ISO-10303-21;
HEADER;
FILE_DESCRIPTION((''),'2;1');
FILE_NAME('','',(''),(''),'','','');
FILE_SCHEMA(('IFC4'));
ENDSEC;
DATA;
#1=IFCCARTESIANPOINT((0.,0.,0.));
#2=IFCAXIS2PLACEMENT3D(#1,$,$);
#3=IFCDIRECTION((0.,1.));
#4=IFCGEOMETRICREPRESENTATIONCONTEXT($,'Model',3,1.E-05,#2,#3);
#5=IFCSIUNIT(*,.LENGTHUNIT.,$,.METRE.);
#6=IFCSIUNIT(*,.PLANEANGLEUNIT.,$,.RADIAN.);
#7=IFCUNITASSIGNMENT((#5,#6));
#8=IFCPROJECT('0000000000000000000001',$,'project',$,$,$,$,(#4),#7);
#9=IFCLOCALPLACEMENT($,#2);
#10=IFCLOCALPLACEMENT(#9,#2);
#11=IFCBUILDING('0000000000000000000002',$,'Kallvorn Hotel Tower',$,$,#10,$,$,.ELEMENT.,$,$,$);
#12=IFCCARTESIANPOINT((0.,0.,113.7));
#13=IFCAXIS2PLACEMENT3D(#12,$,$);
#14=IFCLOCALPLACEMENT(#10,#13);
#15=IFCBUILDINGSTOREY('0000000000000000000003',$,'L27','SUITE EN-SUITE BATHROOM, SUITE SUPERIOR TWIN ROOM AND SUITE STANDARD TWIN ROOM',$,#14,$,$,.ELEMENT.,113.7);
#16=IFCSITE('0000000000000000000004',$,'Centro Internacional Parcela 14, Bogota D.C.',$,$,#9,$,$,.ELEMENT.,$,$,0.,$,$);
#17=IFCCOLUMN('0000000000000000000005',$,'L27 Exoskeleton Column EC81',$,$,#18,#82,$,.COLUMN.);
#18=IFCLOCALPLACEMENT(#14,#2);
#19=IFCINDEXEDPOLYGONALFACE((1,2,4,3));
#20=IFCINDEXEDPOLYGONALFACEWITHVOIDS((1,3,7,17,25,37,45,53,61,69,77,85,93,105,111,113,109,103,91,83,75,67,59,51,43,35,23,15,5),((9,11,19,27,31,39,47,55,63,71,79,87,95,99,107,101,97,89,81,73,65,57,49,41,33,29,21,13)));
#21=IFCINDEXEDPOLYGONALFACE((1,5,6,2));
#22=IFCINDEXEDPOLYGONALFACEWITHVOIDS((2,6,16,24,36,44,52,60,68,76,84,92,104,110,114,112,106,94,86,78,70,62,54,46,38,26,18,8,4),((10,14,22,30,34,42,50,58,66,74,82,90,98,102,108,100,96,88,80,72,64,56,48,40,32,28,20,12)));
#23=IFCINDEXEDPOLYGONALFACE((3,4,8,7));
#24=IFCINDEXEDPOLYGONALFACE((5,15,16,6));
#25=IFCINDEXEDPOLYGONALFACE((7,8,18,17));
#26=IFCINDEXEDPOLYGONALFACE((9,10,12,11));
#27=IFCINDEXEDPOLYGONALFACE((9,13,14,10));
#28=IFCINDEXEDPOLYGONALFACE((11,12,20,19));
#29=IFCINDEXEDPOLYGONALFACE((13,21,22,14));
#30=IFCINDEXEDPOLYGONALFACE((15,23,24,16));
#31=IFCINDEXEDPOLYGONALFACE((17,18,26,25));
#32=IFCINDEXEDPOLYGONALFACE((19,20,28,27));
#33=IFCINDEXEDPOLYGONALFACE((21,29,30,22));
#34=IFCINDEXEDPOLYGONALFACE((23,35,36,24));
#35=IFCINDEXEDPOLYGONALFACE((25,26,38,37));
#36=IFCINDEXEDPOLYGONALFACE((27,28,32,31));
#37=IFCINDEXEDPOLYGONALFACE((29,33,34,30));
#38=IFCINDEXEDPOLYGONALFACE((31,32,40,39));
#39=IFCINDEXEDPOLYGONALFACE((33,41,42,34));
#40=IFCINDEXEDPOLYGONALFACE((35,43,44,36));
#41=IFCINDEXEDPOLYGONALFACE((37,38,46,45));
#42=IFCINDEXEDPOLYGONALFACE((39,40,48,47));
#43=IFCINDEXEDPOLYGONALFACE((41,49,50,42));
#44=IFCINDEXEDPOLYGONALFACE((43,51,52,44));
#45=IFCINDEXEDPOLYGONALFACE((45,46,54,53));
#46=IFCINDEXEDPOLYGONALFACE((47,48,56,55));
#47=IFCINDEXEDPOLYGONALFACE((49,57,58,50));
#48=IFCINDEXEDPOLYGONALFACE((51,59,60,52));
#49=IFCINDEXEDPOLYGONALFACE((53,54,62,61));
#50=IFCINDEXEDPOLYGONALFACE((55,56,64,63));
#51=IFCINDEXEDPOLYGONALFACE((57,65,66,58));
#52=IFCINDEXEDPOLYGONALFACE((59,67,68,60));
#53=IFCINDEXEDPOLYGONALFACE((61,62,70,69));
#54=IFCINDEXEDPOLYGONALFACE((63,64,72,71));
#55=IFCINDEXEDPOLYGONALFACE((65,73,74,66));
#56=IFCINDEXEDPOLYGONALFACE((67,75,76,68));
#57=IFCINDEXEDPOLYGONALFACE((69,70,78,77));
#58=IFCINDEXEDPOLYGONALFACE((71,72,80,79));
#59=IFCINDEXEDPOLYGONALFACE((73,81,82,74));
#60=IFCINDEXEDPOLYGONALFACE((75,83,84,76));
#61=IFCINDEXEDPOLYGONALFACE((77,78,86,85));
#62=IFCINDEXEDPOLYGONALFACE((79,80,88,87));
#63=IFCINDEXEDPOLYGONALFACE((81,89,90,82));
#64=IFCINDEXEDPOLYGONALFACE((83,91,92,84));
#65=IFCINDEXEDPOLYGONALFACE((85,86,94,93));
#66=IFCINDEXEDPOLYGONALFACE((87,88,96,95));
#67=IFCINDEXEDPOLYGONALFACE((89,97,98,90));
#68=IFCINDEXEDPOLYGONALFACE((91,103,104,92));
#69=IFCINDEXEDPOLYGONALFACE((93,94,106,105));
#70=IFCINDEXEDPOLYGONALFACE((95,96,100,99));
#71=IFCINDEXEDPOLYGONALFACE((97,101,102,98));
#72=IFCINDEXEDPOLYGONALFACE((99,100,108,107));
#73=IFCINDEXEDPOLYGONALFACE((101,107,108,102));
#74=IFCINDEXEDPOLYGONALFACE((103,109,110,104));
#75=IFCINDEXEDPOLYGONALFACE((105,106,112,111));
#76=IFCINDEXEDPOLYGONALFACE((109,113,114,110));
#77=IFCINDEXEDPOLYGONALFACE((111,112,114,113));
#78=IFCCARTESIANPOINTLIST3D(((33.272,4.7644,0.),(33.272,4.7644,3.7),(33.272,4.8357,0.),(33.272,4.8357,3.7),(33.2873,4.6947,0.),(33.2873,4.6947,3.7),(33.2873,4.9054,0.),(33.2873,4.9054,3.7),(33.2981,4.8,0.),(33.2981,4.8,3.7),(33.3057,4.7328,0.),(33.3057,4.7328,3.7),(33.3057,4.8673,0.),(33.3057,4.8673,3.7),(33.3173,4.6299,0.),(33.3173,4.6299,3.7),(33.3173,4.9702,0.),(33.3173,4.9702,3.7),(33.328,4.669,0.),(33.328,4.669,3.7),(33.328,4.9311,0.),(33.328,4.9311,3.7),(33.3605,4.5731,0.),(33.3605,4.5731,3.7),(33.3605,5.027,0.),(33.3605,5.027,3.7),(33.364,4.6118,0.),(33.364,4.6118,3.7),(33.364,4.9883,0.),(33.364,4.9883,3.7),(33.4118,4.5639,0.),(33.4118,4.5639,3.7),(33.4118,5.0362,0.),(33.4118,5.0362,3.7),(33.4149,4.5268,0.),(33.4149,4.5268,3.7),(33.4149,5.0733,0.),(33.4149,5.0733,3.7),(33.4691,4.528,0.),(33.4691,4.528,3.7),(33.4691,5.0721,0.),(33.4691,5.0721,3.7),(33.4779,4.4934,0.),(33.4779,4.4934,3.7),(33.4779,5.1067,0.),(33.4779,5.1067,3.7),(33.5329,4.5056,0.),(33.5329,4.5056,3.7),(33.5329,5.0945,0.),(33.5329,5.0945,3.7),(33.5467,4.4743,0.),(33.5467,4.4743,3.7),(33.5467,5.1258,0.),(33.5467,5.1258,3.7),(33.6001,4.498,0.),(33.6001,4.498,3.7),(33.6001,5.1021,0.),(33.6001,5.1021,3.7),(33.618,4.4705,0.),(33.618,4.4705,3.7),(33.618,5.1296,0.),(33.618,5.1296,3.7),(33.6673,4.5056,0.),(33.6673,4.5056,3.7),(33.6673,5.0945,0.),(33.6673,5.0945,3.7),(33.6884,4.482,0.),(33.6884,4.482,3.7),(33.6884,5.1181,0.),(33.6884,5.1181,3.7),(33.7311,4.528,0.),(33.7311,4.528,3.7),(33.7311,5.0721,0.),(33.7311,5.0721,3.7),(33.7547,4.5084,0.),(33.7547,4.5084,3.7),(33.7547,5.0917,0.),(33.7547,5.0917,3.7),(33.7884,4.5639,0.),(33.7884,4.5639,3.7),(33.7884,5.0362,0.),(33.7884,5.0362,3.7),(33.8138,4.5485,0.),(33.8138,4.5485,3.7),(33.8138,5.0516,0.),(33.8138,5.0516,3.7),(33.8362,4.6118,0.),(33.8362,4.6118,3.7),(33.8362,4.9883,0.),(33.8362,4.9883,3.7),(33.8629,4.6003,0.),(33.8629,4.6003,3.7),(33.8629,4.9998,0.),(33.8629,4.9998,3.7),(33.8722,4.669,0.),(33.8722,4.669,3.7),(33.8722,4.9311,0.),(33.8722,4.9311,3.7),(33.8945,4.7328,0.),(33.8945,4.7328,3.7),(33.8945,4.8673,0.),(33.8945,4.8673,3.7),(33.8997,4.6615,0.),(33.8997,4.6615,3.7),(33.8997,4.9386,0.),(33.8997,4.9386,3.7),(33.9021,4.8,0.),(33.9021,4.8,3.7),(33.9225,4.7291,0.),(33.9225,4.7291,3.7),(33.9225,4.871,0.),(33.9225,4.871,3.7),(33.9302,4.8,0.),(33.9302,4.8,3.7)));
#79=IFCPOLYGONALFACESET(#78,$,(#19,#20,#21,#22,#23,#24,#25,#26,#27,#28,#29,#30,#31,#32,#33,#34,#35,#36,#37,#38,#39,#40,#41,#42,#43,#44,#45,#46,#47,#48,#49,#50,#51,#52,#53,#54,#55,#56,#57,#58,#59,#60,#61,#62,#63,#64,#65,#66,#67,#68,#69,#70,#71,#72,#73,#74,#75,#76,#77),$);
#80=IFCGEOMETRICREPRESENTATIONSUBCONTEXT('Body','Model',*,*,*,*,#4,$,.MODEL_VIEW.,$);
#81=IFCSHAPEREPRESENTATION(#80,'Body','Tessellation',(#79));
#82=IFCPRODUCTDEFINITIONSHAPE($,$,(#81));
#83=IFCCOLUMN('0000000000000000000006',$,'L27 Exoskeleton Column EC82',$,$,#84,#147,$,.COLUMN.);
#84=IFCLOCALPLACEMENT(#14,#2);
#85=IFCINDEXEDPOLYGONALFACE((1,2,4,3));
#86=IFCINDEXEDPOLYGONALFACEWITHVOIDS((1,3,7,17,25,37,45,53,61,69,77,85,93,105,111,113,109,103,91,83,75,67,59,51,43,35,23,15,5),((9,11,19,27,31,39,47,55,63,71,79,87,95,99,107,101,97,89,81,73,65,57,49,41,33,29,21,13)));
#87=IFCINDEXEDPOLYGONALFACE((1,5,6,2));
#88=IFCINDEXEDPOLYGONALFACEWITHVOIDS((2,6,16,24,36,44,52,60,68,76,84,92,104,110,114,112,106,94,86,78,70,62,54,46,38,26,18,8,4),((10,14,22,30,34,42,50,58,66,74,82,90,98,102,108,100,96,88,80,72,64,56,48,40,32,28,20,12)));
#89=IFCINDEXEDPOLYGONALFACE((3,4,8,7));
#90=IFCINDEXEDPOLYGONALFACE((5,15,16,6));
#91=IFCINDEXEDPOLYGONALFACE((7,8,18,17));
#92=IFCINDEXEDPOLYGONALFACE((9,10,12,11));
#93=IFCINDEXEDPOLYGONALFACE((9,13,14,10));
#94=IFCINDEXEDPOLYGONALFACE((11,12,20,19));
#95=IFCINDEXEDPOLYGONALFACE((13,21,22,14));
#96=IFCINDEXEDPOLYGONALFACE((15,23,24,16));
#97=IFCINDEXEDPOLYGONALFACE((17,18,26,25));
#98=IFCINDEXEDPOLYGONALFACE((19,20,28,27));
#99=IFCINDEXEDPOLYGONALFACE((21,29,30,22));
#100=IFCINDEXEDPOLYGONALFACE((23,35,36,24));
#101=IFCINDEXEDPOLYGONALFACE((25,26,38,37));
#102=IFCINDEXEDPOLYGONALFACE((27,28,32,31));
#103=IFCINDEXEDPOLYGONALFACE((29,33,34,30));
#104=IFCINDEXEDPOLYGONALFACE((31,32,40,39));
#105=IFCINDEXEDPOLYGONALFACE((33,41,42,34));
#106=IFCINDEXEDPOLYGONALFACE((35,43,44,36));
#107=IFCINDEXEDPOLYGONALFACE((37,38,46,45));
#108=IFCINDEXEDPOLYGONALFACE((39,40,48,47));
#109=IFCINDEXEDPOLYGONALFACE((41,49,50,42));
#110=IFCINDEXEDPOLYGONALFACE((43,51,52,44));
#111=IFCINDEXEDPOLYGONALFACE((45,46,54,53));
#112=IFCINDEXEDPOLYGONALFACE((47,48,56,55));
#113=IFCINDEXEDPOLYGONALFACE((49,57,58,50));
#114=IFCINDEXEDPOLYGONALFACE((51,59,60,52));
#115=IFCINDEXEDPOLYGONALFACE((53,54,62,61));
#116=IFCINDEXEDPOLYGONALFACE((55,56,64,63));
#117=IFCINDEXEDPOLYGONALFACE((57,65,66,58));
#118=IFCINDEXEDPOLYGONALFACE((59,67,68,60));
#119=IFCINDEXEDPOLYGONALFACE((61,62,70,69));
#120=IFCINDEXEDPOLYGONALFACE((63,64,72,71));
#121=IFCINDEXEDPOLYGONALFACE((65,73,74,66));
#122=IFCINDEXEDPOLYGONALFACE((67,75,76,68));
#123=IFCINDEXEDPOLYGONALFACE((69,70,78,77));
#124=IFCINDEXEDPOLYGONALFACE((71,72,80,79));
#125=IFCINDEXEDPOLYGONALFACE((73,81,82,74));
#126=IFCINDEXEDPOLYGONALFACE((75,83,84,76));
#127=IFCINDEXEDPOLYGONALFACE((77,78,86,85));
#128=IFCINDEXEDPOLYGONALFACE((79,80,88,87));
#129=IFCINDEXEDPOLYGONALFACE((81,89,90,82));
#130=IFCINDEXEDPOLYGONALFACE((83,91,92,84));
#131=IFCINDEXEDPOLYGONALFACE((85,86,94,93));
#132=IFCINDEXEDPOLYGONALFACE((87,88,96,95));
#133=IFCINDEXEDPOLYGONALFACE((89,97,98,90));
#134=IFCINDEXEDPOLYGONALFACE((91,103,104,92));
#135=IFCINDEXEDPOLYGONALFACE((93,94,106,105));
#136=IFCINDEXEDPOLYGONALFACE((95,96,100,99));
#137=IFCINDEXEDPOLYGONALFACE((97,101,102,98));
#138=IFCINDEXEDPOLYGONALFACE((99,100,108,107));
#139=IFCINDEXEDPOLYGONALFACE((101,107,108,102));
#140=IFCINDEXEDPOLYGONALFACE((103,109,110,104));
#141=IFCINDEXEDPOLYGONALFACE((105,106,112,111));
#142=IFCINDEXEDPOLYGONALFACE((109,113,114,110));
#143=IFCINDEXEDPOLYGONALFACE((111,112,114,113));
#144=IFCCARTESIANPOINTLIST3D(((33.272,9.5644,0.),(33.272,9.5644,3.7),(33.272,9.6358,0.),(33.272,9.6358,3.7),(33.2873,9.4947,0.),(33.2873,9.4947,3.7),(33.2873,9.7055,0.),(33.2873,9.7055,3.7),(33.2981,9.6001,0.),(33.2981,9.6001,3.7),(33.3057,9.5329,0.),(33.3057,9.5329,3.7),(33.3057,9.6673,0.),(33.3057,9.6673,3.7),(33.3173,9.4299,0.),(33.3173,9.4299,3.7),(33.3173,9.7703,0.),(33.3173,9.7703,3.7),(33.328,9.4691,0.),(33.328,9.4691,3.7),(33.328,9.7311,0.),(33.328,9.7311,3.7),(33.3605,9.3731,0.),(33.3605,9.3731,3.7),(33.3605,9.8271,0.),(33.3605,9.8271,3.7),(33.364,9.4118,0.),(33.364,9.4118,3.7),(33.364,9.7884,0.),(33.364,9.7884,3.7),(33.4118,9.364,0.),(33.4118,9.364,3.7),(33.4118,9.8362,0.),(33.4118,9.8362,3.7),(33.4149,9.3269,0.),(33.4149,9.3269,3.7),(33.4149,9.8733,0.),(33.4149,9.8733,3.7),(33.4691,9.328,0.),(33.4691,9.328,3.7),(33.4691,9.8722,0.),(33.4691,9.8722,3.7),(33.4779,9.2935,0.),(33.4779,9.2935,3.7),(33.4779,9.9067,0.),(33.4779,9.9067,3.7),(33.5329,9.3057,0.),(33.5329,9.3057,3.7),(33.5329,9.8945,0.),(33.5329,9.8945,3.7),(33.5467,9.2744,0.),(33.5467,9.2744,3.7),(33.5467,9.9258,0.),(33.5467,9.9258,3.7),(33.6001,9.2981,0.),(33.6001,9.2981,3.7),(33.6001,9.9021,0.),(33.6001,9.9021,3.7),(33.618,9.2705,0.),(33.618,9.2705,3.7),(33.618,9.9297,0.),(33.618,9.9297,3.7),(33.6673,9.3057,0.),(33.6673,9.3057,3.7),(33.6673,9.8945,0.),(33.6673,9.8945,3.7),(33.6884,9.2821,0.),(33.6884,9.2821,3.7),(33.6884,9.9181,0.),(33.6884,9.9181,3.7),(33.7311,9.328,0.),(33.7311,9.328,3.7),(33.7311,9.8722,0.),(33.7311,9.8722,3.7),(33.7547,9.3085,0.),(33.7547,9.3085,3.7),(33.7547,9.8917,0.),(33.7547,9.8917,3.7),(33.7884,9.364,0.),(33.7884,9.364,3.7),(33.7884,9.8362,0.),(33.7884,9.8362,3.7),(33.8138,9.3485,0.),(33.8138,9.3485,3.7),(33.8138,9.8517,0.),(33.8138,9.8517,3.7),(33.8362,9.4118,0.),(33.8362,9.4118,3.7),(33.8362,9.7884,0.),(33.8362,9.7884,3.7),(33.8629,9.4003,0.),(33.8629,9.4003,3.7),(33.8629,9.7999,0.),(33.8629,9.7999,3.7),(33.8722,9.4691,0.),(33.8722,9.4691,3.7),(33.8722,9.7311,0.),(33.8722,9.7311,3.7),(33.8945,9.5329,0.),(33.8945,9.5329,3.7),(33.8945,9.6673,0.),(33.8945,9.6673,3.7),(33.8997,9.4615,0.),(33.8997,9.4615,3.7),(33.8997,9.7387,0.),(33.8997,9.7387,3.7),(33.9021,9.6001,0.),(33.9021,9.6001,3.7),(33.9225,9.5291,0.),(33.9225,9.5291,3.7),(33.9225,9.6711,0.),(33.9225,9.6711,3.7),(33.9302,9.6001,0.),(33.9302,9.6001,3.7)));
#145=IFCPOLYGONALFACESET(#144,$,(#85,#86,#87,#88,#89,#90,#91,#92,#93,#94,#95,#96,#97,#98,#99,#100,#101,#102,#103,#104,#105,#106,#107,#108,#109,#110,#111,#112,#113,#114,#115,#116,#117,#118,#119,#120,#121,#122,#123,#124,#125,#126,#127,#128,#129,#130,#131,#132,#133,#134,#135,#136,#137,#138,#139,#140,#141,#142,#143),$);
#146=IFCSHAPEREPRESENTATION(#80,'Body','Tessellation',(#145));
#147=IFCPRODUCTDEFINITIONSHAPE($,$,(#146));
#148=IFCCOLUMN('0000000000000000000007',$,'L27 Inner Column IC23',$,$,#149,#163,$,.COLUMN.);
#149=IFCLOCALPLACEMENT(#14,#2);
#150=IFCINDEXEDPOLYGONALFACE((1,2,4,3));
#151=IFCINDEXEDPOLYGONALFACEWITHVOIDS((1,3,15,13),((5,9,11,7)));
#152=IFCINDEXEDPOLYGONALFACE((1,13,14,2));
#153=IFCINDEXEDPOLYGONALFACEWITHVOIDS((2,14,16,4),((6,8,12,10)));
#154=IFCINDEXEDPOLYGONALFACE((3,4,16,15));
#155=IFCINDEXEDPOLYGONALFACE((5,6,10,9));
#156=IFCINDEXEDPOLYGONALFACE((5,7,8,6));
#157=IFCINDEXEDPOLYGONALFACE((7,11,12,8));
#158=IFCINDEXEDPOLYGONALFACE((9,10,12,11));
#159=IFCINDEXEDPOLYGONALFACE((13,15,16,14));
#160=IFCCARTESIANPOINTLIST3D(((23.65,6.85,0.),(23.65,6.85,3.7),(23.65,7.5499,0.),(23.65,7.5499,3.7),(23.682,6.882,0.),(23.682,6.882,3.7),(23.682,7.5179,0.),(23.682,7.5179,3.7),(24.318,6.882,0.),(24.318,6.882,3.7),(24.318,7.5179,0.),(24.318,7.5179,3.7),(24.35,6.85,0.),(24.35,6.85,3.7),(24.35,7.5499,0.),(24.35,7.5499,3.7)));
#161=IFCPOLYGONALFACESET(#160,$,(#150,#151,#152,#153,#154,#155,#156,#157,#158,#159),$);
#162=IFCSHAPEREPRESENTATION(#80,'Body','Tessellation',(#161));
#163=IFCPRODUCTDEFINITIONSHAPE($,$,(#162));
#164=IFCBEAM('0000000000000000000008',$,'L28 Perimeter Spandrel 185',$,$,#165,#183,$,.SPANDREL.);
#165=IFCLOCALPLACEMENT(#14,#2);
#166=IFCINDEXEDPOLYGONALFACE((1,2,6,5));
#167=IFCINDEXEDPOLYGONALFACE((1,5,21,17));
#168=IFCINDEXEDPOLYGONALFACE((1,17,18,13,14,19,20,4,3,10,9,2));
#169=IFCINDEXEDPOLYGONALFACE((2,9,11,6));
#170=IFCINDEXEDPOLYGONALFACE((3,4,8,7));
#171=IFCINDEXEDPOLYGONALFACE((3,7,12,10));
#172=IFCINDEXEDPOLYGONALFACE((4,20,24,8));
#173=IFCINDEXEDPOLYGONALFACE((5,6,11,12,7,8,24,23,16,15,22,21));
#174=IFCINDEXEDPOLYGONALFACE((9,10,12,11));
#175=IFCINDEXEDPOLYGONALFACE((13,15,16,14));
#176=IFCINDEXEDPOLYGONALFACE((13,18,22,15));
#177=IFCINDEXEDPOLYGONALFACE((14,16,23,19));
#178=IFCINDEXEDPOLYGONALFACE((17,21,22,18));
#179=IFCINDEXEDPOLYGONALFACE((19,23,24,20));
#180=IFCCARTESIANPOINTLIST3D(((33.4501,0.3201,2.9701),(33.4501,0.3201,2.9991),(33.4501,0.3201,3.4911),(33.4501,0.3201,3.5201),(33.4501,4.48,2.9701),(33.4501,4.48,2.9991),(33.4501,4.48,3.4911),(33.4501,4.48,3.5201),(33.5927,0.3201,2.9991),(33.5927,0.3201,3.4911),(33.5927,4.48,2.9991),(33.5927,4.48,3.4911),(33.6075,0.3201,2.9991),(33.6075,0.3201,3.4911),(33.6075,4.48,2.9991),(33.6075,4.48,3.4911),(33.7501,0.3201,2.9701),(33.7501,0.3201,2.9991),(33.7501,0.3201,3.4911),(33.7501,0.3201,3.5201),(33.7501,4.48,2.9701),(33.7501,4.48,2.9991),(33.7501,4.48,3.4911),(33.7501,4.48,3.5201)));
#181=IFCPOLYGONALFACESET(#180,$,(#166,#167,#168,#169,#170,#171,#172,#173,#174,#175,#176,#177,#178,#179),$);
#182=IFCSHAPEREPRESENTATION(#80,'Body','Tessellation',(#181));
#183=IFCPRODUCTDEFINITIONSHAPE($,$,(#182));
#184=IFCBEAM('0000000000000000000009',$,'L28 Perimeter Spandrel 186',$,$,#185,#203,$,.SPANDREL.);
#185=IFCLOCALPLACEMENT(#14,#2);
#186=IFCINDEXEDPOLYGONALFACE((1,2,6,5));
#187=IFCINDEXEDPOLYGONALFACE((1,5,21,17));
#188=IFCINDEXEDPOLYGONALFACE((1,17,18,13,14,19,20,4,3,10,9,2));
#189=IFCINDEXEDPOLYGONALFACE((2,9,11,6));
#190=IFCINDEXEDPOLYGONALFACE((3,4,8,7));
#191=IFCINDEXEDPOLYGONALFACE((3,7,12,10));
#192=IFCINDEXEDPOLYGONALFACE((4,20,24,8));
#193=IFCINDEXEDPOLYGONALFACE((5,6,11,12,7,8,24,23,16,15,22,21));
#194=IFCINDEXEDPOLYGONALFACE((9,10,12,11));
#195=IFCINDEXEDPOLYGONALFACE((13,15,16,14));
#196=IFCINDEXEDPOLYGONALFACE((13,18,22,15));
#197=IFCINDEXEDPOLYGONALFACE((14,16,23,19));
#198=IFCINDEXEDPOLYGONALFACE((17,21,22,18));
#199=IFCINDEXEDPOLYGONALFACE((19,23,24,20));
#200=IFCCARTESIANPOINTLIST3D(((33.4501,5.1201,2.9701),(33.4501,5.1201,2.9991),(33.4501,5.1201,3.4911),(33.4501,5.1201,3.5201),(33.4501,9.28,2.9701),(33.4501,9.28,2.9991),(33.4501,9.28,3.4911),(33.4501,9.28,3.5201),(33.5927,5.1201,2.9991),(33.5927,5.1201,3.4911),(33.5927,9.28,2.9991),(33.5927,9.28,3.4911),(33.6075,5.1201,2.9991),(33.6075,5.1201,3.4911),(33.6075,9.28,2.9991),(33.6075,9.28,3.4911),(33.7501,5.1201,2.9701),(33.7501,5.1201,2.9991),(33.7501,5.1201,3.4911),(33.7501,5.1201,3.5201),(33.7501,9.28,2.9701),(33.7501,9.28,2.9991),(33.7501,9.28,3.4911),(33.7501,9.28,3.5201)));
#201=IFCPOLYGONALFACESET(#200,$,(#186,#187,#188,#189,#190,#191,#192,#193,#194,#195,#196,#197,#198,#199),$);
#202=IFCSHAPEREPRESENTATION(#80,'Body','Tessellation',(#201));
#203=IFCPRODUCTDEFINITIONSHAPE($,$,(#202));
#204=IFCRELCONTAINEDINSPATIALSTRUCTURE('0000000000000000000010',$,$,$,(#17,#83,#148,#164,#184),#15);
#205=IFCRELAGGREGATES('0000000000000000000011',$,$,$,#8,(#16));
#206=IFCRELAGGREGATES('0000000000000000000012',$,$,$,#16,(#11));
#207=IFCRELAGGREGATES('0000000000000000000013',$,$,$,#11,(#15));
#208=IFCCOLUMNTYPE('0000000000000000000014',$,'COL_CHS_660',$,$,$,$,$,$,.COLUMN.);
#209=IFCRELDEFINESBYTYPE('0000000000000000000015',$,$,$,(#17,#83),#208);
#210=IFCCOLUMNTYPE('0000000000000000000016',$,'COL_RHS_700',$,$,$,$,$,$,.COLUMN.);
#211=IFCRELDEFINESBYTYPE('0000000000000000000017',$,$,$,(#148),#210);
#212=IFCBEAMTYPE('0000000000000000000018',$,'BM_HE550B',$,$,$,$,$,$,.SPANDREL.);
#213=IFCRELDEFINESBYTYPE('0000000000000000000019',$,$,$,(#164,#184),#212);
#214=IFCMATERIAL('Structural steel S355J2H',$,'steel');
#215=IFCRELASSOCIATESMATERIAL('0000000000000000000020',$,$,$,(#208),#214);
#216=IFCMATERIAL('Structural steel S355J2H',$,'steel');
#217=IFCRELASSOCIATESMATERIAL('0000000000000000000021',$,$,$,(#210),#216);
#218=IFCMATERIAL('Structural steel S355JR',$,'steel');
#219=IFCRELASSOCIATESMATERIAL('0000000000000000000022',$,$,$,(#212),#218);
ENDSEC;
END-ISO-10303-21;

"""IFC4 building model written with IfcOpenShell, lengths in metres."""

from ifc_helpers import new_model, si_unit, direction, frame, origin, origin_2d, place, context, subcontext, project, spatial, hollow_rectangle, hollow_circle, i_section, extrude, material, material_profile, profile_set, type_object, element, save


model = new_model("IFC4")

# Units and contexts
model_context = context("Model", 3, precision=1e-05, world=origin(), true_north=direction((0.0, 1.0)))
body_context = subcontext(model_context, "Body", "Model", "MODEL_VIEW")
ifc_project = project(units=[si_unit("LENGTHUNIT", "METRE"), si_unit("PLANEANGLEUNIT", "RADIAN")], contexts=[model_context])

# Site, building, storey
site_placement = place(None, origin())
site = spatial("IfcSite", under=ifc_project, at=site_placement, Name="Centro Internacional Parcela 14, Bogota D.C.", CompositionType="ELEMENT", RefElevation=0.0)
building_placement = place(site_placement, origin())
building = spatial("IfcBuilding", under=site, at=building_placement, Name="Kallvorn Hotel Tower", CompositionType="ELEMENT")
storey_placement = place(building_placement, frame((0.0, 0.0, 113.7)))
storey = spatial("IfcBuildingStorey", under=building, at=storey_placement, Name="L27", Description="SUITE EN-SUITE BATHROOM, SUITE SUPERIOR TWIN ROOM AND SUITE STANDARD TWIN ROOM", CompositionType="ELEMENT", Elevation=113.7)

# Columns
ifc_material_1 = material(Name="Structural steel S355J2H", Category="steel")
ifc_material_profile_1 = material_profile(ifc_material_1, hollow_circle(Radius=0.3301, WallThickness=0.0281, at=origin_2d()), Name="CHS 660x28")
ifc_profile_set_1 = profile_set([ifc_material_profile_1], Name="Structural steel S355J2H")
column_type_1 = type_object("IfcColumnType", Name="COL_CHS_660", PredefinedType="COLUMN", material=ifc_profile_set_1)
for number, where, z_axis, x_axis, name in (
    (1, (33.6001, 4.8, 0.0), (0.0, 0.0, 1.0), (1.0, 0.0, 0.0), "L27 Exoskeleton Column EC81"),
    (2, (33.6001, 9.6001, 0.0), (0.0, 0.0, 1.0), (1.0, 0.0, 0.0), "L27 Exoskeleton Column EC82"),
):
    element("IfcColumn", number, at=place(storey_placement, frame(where, z_axis=z_axis, x_axis=x_axis)), inside=storey, type_object=column_type_1, Name=name, PredefinedType="COLUMN", context=body_context, shape_type="SweptSolid", body=[
        extrude(hollow_circle(Radius=0.3301, WallThickness=0.0281, at=origin_2d()), origin(), (0.0, 0.0, 1.0), 3.7),
    ])
ifc_material_2 = material(Name="Structural steel S355J2H", Category="steel")
ifc_material_profile_2 = material_profile(ifc_material_2, hollow_rectangle(XDim=0.7, YDim=0.7, WallThickness=0.032, at=origin_2d()), Name="RHS 700x700x32")
ifc_profile_set_2 = profile_set([ifc_material_profile_2], Name="Structural steel S355J2H")
column_type_2 = type_object("IfcColumnType", Name="COL_RHS_700", PredefinedType="COLUMN", material=ifc_profile_set_2)
column_placement = place(storey_placement, frame((24.0, 7.2, 0.0), z_axis=(0.0, 0.0, 1.0), x_axis=(1.0, 0.0, 0.0)))
element("IfcColumn", 3, at=column_placement, inside=storey, type_object=column_type_2, Name="L27 Inner Column IC23", PredefinedType="COLUMN", context=body_context, shape_type="SweptSolid", body=[
    extrude(hollow_rectangle(XDim=0.7, YDim=0.7, WallThickness=0.032, at=origin_2d()), origin(), (0.0, 0.0, 1.0), 3.7),
])

# Beams
ifc_material_3 = material(Name="Structural steel S355JR", Category="steel")
ifc_material_profile_3 = material_profile(ifc_material_3, i_section(OverallWidth=0.3, OverallDepth=0.55, WebThickness=0.0149, FlangeThickness=0.0291, at=origin_2d()), Name="HE 550 B")
ifc_profile_set_3 = profile_set([ifc_material_profile_3], Name="Structural steel S355JR")
beam_type_1 = type_object("IfcBeamType", Name="BM_HE550B", PredefinedType="SPANDREL", material=ifc_profile_set_3)
for number, where, z_axis, x_axis, name in (
    (4, (33.6001, 0.3201, 3.2451), (0.0, 1.0, 0.0), (-1.0, 0.0, 0.0), "L28 Perimeter Spandrel 185"),
    (5, (33.6001, 5.1201, 3.2451), (0.0, 1.0, 0.0), (-1.0, 0.0, 0.0), "L28 Perimeter Spandrel 186"),
):
    element("IfcBeam", number, at=place(storey_placement, frame(where, z_axis=z_axis, x_axis=x_axis)), inside=storey, type_object=beam_type_1, Name=name, PredefinedType="SPANDREL", context=body_context, shape_type="SweptSolid", body=[
        extrude(i_section(OverallWidth=0.3, OverallDepth=0.55, WebThickness=0.0149, FlangeThickness=0.0291, at=origin_2d()), origin(), (0.0, 0.0, 1.0), 4.1599),
    ])

save(model, "model.ifc")
